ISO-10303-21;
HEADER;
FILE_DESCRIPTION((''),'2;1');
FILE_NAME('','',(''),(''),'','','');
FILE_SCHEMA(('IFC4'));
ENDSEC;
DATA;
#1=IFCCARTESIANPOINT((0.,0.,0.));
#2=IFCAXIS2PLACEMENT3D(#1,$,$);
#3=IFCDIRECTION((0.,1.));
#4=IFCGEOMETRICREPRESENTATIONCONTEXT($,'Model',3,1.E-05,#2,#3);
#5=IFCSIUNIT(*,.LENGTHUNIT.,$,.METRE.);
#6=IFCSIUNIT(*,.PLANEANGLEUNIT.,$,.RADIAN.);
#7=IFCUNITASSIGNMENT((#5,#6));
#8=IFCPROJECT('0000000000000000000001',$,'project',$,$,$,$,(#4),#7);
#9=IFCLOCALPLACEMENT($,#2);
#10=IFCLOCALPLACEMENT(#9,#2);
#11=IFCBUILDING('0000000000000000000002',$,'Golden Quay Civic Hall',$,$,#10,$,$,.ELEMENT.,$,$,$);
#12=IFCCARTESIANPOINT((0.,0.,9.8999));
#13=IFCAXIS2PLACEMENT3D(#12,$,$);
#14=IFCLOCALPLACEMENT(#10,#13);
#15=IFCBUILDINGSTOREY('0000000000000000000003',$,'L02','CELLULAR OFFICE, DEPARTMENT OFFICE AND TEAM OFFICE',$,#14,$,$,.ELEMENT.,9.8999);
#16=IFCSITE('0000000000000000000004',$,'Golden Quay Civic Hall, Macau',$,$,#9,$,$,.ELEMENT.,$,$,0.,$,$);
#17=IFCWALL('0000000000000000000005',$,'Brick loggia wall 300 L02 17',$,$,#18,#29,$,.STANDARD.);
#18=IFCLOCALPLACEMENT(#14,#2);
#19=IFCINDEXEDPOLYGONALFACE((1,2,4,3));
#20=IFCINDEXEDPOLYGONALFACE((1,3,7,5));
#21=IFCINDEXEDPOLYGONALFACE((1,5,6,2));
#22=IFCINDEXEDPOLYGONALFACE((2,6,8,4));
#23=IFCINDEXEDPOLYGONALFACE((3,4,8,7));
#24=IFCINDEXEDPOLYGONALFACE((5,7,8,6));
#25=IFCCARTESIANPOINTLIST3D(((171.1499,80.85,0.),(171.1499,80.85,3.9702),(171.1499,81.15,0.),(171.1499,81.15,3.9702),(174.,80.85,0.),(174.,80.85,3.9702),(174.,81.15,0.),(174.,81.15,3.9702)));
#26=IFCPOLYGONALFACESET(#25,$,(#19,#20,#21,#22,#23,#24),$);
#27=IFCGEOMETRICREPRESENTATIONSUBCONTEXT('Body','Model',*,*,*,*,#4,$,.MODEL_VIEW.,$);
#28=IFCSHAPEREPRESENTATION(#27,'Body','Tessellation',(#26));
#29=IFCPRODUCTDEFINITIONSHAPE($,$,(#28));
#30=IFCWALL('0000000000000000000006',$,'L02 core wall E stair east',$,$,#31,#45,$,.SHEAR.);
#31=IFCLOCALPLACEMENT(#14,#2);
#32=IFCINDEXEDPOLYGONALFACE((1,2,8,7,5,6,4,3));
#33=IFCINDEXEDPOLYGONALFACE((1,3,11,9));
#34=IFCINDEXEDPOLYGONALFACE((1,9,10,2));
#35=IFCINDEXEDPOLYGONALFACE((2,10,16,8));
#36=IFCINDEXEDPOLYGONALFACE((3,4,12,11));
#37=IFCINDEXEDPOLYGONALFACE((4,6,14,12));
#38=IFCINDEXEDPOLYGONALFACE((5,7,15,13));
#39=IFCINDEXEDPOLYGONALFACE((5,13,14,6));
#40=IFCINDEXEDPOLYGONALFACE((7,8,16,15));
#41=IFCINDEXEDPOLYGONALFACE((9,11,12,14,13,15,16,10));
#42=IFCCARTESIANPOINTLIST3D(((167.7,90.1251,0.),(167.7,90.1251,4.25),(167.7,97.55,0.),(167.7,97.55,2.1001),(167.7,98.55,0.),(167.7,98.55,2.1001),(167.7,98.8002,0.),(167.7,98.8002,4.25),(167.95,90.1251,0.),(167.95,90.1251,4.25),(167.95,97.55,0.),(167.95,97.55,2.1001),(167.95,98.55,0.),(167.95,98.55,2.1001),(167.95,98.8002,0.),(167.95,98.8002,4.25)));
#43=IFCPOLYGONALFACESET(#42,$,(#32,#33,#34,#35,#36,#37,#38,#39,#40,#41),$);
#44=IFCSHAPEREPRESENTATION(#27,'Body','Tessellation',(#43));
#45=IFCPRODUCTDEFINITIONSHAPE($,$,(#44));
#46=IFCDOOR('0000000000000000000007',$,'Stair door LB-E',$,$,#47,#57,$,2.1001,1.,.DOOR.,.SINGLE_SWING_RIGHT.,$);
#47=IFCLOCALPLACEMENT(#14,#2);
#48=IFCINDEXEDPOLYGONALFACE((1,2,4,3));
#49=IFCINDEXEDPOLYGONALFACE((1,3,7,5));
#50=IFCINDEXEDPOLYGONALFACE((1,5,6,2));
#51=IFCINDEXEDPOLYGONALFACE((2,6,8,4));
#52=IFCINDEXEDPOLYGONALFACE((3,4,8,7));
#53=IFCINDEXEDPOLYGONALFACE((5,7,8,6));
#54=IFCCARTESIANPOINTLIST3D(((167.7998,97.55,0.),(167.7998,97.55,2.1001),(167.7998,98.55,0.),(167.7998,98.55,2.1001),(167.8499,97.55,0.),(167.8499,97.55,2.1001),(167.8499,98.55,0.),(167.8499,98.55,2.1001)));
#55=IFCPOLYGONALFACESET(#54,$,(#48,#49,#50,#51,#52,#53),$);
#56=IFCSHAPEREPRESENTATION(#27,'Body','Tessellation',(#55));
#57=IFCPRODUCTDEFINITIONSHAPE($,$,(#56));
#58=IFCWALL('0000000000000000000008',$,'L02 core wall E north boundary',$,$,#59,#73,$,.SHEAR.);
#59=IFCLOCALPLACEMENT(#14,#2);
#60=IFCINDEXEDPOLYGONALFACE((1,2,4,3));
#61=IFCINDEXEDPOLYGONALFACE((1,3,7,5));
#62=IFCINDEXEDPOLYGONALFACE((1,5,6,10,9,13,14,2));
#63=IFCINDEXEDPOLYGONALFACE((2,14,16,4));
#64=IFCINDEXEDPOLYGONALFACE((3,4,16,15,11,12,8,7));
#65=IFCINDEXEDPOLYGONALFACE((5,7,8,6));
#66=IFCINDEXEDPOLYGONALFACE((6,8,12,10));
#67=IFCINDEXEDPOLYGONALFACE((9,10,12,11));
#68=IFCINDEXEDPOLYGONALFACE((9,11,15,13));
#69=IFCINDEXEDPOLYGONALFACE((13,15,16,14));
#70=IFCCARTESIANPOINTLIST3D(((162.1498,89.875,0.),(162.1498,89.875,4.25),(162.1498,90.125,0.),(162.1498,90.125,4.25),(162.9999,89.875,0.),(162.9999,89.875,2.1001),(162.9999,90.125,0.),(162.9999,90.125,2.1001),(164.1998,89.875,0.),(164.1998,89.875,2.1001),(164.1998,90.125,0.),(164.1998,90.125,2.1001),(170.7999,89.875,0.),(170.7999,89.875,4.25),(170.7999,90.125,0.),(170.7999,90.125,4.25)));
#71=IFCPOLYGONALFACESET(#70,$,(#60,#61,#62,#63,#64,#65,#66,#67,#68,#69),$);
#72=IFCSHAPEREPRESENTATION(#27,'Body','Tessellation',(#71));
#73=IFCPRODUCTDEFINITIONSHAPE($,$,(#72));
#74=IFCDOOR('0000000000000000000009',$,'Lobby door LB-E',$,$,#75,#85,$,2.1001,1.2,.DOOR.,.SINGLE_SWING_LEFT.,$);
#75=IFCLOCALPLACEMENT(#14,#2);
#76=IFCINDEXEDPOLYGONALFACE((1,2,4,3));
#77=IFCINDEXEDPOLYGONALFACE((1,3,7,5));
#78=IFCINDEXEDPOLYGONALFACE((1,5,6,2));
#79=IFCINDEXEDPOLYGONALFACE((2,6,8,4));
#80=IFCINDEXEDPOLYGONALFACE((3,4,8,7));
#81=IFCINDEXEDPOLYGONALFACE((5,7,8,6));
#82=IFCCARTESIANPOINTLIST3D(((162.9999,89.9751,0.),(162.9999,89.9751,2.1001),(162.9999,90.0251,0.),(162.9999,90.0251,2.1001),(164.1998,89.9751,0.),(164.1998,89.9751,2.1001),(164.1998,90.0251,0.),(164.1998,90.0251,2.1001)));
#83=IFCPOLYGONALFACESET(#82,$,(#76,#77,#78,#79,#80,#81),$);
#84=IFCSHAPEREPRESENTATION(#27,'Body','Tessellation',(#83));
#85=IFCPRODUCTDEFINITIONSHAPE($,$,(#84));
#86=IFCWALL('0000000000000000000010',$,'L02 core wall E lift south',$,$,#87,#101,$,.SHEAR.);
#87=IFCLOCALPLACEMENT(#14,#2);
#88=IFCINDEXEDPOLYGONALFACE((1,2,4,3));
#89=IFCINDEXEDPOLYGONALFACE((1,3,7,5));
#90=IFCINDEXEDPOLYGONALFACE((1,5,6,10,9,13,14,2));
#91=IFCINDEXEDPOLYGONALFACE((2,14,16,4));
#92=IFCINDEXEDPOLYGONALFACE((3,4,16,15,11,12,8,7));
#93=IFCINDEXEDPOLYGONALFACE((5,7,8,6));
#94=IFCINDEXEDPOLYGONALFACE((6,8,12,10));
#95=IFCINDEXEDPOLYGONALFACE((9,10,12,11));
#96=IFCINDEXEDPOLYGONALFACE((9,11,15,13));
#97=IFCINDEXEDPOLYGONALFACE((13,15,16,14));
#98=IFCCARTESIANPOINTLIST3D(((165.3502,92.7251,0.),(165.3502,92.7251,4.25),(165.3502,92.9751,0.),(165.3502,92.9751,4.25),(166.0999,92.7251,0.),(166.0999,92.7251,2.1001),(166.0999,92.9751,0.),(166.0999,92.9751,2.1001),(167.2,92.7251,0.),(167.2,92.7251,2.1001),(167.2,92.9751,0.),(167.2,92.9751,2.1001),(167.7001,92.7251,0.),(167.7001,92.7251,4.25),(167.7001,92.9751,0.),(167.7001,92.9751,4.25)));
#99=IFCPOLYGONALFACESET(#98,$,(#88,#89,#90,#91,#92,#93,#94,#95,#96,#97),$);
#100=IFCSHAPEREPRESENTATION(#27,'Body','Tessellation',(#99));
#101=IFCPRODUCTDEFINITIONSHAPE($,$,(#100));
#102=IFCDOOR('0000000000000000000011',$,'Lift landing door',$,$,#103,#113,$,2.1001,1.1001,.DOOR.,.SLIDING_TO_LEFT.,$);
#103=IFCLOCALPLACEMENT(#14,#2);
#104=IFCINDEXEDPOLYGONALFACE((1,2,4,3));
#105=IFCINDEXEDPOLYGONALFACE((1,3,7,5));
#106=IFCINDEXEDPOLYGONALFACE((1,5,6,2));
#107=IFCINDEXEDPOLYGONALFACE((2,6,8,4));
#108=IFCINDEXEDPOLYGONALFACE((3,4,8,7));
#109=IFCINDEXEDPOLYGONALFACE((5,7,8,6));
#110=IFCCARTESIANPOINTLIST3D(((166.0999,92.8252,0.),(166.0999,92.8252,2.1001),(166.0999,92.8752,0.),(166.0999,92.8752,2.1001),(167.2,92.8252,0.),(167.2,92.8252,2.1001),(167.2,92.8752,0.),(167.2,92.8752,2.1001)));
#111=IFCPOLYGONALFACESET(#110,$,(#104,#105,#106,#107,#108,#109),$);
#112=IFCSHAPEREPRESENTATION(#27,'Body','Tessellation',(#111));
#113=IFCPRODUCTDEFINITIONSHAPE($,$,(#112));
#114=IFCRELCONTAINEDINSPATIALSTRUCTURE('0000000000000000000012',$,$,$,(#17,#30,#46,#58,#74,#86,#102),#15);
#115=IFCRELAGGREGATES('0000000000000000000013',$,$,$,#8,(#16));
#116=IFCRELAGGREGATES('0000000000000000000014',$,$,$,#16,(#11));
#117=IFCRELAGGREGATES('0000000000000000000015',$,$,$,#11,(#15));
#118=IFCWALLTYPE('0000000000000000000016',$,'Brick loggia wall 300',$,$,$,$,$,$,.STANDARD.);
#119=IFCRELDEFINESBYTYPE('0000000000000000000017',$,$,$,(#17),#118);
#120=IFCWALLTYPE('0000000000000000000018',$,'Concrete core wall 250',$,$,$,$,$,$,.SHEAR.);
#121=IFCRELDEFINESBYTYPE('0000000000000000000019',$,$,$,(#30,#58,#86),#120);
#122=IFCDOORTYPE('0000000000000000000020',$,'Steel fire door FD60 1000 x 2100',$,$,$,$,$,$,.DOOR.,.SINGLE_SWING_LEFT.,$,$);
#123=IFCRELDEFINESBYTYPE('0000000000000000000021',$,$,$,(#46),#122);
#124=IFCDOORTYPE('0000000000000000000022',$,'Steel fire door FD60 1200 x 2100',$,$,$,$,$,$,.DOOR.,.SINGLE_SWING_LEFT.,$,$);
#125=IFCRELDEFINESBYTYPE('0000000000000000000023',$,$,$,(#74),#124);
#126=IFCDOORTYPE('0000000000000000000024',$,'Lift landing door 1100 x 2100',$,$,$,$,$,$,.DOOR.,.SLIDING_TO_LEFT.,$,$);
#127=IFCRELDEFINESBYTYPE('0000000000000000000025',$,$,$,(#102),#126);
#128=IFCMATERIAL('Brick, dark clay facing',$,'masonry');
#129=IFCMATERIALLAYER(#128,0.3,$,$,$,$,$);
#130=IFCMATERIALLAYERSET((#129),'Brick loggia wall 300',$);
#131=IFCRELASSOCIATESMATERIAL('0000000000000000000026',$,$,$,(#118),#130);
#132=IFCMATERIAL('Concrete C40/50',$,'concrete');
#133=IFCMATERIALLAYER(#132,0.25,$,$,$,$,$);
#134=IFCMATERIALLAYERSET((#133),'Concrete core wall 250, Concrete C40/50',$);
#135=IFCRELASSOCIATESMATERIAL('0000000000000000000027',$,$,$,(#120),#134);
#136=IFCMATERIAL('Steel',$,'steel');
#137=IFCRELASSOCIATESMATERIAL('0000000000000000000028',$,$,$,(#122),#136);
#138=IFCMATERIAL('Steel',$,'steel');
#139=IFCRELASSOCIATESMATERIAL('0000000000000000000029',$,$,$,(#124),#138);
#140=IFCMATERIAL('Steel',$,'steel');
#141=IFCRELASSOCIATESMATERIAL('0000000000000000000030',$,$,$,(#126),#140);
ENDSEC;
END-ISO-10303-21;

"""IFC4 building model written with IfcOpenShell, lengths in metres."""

from ifc_helpers import new_model, si_unit, direction, frame, frame_2d, origin, place, context, subcontext, project, spatial, rectangle, extrude, material, layer, layer_set, type_object, element, fill, save


model = new_model("IFC4")

# Units and contexts
model_context = context("Model", 3, precision=1e-05, world=origin(), true_north=direction((0.0, 1.0)))
body_context = subcontext(model_context, "Body", "Model", "MODEL_VIEW")
ifc_project = project(units=[si_unit("LENGTHUNIT", "METRE"), si_unit("PLANEANGLEUNIT", "RADIAN")], contexts=[model_context])

# Site, building, storey
site_placement = place(None, origin())
site = spatial("IfcSite", under=ifc_project, at=site_placement, Name="Golden Quay Civic Hall, Macau", CompositionType="ELEMENT", RefElevation=0.0)
building_placement = place(site_placement, origin())
building = spatial("IfcBuilding", under=site, at=building_placement, Name="Golden Quay Civic Hall", CompositionType="ELEMENT")
storey_placement = place(building_placement, frame((0.0, 0.0, 9.8999)))
storey = spatial("IfcBuildingStorey", under=building, at=storey_placement, Name="L02", Description="CELLULAR OFFICE, DEPARTMENT OFFICE AND TEAM OFFICE", CompositionType="ELEMENT", Elevation=9.8999)

# Wall
ifc_material_1 = material(Name="Brick, dark clay facing", Category="masonry")
ifc_layer_1 = layer(ifc_material_1, 0.3)
ifc_layer_set_1 = layer_set([ifc_layer_1], Name="Brick loggia wall 300")
wall_type_1 = type_object("IfcWallType", Name="Brick loggia wall 300", PredefinedType="STANDARD", material=ifc_layer_set_1)
wall_1_placement = place(storey_placement, frame((171.1499, 81.0, 0.0), z_axis=(0.0, 0.0, 1.0), x_axis=(1.0, 0.0, 0.0)))
element("IfcWall", 1, at=wall_1_placement, inside=storey, type_object=wall_type_1, Name="Brick loggia wall 300 L02 17", PredefinedType="STANDARD", context=body_context, shape_type="SweptSolid", body=[
    extrude(rectangle(XDim=2.8501, YDim=0.3, at=frame_2d((1.425, 0.0))), origin(), (0.0, 0.0, 1.0), 3.9702),
])

# Walls, openings, doors
ifc_material_2 = material(Name="Concrete C40/50", Category="concrete")
ifc_layer_2 = layer(ifc_material_2, 0.25)
ifc_layer_set_2 = layer_set([ifc_layer_2], Name="Concrete core wall 250, Concrete C40/50")
wall_type_2 = type_object("IfcWallType", Name="Concrete core wall 250", PredefinedType="SHEAR", material=ifc_layer_set_2)
wall_2_placement = place(storey_placement, frame((167.825, 98.8, 0.0), z_axis=(0.0, 0.0, 1.0), x_axis=(0.0, -1.0, 0.0)))
wall_2 = element("IfcWall", 2, at=wall_2_placement, inside=storey, type_object=wall_type_2, Name="L02 core wall E stair east", PredefinedType="SHEAR", context=body_context, shape_type="SweptSolid", body=[
    extrude(rectangle(XDim=8.675, YDim=0.25, at=frame_2d((4.3374, 0.0))), origin(), (0.0, 0.0, 1.0), 4.25),
])
opening_1_placement = place(wall_2_placement, frame((0.25, 0.0, 0.0)))
opening_1 = element("IfcOpeningElement", 3, at=opening_1_placement, cuts=wall_2, PredefinedType="OPENING", context=body_context, shape_type="SweptSolid", body=[
    extrude(rectangle(XDim=1.0, YDim=2.1001, at=frame_2d((0.5, 1.05))), frame((0.0, 0.135, 0.0), z_axis=(0.0, -1.0, 0.0), x_axis=(1.0, 0.0, 0.0)), (0.0, 0.0, 1.0), 0.27),
])
ifc_material_3 = material(Name="Steel", Category="steel")
door_type_1 = type_object("IfcDoorType", Name="Steel fire door FD60 1000 x 2100", OperationType="SINGLE_SWING_LEFT", PredefinedType="DOOR", material=ifc_material_3)
door_1_placement = place(opening_1_placement, frame((1.0, 0.0, 0.0), z_axis=(0.0, 0.0, 1.0), x_axis=(-1.0, 0.0, 0.0)))
door_1 = element("IfcDoor", 4, at=door_1_placement, inside=storey, type_object=door_type_1, Name="Stair door LB-E", OperationType="SINGLE_SWING_RIGHT", OverallHeight=2.1001, OverallWidth=1.0, PredefinedType="DOOR", context=body_context, shape_type="SweptSolid", body=[
    extrude(rectangle(XDim=1.0, YDim=2.1001, at=frame_2d((0.5, 1.05))), frame((0.0, 0.0251, 0.0), z_axis=(0.0, -1.0, 0.0), x_axis=(1.0, 0.0, 0.0)), (0.0, 0.0, 1.0), 0.05),
])
fill(opening_1, door_1)
wall_3_placement = place(storey_placement, frame((170.8, 90.0, 0.0), z_axis=(0.0, 0.0, 1.0), x_axis=(-1.0, 0.0, 0.0)))
wall_3 = element("IfcWall", 5, at=wall_3_placement, inside=storey, type_object=wall_type_2, Name="L02 core wall E north boundary", PredefinedType="SHEAR", context=body_context, shape_type="SweptSolid", body=[
    extrude(rectangle(XDim=8.6501, YDim=0.25, at=frame_2d((4.3252, 0.0))), origin(), (0.0, 0.0, 1.0), 4.25),
])
opening_2_placement = place(wall_3_placement, frame((6.6001, 0.0, 0.0)))
opening_2 = element("IfcOpeningElement", 6, at=opening_2_placement, cuts=wall_3, PredefinedType="OPENING", context=body_context, shape_type="SweptSolid", body=[
    extrude(rectangle(XDim=1.2, YDim=2.1001, at=frame_2d((0.6001, 1.05))), frame((0.0, 0.135, 0.0), z_axis=(0.0, -1.0, 0.0), x_axis=(1.0, 0.0, 0.0)), (0.0, 0.0, 1.0), 0.27),
])
ifc_material_4 = material(Name="Steel", Category="steel")
door_type_2 = type_object("IfcDoorType", Name="Steel fire door FD60 1200 x 2100", OperationType="SINGLE_SWING_LEFT", PredefinedType="DOOR", material=ifc_material_4)
door_2_placement = place(opening_2_placement, origin())
door_2 = element("IfcDoor", 7, at=door_2_placement, inside=storey, type_object=door_type_2, Name="Lobby door LB-E", OperationType="SINGLE_SWING_LEFT", OverallHeight=2.1001, OverallWidth=1.2, PredefinedType="DOOR", context=body_context, shape_type="SweptSolid", body=[
    extrude(rectangle(XDim=1.2, YDim=2.1001, at=frame_2d((0.6001, 1.05))), frame((0.0, 0.0249, 0.0), z_axis=(0.0, -1.0, 0.0), x_axis=(1.0, 0.0, 0.0)), (0.0, 0.0, 1.0), 0.05),
])
fill(opening_2, door_2)
wall_4_placement = place(storey_placement, frame((167.7, 92.8501, 0.0), z_axis=(0.0, 0.0, 1.0), x_axis=(-1.0, 0.0, 0.0)))
wall_4 = element("IfcWall", 8, at=wall_4_placement, inside=storey, type_object=wall_type_2, Name="L02 core wall E lift south", PredefinedType="SHEAR", context=body_context, shape_type="SweptSolid", body=[
    extrude(rectangle(XDim=2.3499, YDim=0.25, at=frame_2d((1.1748, 0.0))), origin(), (0.0, 0.0, 1.0), 4.25),
])
opening_3_placement = place(wall_4_placement, frame((0.5, 0.0, 0.0)))
opening_3 = element("IfcOpeningElement", 9, at=opening_3_placement, cuts=wall_4, PredefinedType="OPENING", context=body_context, shape_type="SweptSolid", body=[
    extrude(rectangle(XDim=1.1001, YDim=2.1001, at=frame_2d((0.55, 1.05))), frame((0.0, 0.135, 0.0), z_axis=(0.0, -1.0, 0.0), x_axis=(1.0, 0.0, 0.0)), (0.0, 0.0, 1.0), 0.27),
])
ifc_material_5 = material(Name="Steel", Category="steel")
door_type_3 = type_object("IfcDoorType", Name="Lift landing door 1100 x 2100", OperationType="SLIDING_TO_LEFT", PredefinedType="DOOR", material=ifc_material_5)
door_3_placement = place(opening_3_placement, origin())
door_3 = element("IfcDoor", 10, at=door_3_placement, inside=storey, type_object=door_type_3, Name="Lift landing door", OperationType="SLIDING_TO_LEFT", OverallHeight=2.1001, OverallWidth=1.1001, PredefinedType="DOOR", context=body_context, shape_type="SweptSolid", body=[
    extrude(rectangle(XDim=1.1001, YDim=2.1001, at=frame_2d((0.55, 1.05))), frame((0.0, 0.0249, 0.0), z_axis=(0.0, -1.0, 0.0), x_axis=(1.0, 0.0, 0.0)), (0.0, 0.0, 1.0), 0.05),
])
fill(opening_3, door_3)

save(model, "model.ifc")
